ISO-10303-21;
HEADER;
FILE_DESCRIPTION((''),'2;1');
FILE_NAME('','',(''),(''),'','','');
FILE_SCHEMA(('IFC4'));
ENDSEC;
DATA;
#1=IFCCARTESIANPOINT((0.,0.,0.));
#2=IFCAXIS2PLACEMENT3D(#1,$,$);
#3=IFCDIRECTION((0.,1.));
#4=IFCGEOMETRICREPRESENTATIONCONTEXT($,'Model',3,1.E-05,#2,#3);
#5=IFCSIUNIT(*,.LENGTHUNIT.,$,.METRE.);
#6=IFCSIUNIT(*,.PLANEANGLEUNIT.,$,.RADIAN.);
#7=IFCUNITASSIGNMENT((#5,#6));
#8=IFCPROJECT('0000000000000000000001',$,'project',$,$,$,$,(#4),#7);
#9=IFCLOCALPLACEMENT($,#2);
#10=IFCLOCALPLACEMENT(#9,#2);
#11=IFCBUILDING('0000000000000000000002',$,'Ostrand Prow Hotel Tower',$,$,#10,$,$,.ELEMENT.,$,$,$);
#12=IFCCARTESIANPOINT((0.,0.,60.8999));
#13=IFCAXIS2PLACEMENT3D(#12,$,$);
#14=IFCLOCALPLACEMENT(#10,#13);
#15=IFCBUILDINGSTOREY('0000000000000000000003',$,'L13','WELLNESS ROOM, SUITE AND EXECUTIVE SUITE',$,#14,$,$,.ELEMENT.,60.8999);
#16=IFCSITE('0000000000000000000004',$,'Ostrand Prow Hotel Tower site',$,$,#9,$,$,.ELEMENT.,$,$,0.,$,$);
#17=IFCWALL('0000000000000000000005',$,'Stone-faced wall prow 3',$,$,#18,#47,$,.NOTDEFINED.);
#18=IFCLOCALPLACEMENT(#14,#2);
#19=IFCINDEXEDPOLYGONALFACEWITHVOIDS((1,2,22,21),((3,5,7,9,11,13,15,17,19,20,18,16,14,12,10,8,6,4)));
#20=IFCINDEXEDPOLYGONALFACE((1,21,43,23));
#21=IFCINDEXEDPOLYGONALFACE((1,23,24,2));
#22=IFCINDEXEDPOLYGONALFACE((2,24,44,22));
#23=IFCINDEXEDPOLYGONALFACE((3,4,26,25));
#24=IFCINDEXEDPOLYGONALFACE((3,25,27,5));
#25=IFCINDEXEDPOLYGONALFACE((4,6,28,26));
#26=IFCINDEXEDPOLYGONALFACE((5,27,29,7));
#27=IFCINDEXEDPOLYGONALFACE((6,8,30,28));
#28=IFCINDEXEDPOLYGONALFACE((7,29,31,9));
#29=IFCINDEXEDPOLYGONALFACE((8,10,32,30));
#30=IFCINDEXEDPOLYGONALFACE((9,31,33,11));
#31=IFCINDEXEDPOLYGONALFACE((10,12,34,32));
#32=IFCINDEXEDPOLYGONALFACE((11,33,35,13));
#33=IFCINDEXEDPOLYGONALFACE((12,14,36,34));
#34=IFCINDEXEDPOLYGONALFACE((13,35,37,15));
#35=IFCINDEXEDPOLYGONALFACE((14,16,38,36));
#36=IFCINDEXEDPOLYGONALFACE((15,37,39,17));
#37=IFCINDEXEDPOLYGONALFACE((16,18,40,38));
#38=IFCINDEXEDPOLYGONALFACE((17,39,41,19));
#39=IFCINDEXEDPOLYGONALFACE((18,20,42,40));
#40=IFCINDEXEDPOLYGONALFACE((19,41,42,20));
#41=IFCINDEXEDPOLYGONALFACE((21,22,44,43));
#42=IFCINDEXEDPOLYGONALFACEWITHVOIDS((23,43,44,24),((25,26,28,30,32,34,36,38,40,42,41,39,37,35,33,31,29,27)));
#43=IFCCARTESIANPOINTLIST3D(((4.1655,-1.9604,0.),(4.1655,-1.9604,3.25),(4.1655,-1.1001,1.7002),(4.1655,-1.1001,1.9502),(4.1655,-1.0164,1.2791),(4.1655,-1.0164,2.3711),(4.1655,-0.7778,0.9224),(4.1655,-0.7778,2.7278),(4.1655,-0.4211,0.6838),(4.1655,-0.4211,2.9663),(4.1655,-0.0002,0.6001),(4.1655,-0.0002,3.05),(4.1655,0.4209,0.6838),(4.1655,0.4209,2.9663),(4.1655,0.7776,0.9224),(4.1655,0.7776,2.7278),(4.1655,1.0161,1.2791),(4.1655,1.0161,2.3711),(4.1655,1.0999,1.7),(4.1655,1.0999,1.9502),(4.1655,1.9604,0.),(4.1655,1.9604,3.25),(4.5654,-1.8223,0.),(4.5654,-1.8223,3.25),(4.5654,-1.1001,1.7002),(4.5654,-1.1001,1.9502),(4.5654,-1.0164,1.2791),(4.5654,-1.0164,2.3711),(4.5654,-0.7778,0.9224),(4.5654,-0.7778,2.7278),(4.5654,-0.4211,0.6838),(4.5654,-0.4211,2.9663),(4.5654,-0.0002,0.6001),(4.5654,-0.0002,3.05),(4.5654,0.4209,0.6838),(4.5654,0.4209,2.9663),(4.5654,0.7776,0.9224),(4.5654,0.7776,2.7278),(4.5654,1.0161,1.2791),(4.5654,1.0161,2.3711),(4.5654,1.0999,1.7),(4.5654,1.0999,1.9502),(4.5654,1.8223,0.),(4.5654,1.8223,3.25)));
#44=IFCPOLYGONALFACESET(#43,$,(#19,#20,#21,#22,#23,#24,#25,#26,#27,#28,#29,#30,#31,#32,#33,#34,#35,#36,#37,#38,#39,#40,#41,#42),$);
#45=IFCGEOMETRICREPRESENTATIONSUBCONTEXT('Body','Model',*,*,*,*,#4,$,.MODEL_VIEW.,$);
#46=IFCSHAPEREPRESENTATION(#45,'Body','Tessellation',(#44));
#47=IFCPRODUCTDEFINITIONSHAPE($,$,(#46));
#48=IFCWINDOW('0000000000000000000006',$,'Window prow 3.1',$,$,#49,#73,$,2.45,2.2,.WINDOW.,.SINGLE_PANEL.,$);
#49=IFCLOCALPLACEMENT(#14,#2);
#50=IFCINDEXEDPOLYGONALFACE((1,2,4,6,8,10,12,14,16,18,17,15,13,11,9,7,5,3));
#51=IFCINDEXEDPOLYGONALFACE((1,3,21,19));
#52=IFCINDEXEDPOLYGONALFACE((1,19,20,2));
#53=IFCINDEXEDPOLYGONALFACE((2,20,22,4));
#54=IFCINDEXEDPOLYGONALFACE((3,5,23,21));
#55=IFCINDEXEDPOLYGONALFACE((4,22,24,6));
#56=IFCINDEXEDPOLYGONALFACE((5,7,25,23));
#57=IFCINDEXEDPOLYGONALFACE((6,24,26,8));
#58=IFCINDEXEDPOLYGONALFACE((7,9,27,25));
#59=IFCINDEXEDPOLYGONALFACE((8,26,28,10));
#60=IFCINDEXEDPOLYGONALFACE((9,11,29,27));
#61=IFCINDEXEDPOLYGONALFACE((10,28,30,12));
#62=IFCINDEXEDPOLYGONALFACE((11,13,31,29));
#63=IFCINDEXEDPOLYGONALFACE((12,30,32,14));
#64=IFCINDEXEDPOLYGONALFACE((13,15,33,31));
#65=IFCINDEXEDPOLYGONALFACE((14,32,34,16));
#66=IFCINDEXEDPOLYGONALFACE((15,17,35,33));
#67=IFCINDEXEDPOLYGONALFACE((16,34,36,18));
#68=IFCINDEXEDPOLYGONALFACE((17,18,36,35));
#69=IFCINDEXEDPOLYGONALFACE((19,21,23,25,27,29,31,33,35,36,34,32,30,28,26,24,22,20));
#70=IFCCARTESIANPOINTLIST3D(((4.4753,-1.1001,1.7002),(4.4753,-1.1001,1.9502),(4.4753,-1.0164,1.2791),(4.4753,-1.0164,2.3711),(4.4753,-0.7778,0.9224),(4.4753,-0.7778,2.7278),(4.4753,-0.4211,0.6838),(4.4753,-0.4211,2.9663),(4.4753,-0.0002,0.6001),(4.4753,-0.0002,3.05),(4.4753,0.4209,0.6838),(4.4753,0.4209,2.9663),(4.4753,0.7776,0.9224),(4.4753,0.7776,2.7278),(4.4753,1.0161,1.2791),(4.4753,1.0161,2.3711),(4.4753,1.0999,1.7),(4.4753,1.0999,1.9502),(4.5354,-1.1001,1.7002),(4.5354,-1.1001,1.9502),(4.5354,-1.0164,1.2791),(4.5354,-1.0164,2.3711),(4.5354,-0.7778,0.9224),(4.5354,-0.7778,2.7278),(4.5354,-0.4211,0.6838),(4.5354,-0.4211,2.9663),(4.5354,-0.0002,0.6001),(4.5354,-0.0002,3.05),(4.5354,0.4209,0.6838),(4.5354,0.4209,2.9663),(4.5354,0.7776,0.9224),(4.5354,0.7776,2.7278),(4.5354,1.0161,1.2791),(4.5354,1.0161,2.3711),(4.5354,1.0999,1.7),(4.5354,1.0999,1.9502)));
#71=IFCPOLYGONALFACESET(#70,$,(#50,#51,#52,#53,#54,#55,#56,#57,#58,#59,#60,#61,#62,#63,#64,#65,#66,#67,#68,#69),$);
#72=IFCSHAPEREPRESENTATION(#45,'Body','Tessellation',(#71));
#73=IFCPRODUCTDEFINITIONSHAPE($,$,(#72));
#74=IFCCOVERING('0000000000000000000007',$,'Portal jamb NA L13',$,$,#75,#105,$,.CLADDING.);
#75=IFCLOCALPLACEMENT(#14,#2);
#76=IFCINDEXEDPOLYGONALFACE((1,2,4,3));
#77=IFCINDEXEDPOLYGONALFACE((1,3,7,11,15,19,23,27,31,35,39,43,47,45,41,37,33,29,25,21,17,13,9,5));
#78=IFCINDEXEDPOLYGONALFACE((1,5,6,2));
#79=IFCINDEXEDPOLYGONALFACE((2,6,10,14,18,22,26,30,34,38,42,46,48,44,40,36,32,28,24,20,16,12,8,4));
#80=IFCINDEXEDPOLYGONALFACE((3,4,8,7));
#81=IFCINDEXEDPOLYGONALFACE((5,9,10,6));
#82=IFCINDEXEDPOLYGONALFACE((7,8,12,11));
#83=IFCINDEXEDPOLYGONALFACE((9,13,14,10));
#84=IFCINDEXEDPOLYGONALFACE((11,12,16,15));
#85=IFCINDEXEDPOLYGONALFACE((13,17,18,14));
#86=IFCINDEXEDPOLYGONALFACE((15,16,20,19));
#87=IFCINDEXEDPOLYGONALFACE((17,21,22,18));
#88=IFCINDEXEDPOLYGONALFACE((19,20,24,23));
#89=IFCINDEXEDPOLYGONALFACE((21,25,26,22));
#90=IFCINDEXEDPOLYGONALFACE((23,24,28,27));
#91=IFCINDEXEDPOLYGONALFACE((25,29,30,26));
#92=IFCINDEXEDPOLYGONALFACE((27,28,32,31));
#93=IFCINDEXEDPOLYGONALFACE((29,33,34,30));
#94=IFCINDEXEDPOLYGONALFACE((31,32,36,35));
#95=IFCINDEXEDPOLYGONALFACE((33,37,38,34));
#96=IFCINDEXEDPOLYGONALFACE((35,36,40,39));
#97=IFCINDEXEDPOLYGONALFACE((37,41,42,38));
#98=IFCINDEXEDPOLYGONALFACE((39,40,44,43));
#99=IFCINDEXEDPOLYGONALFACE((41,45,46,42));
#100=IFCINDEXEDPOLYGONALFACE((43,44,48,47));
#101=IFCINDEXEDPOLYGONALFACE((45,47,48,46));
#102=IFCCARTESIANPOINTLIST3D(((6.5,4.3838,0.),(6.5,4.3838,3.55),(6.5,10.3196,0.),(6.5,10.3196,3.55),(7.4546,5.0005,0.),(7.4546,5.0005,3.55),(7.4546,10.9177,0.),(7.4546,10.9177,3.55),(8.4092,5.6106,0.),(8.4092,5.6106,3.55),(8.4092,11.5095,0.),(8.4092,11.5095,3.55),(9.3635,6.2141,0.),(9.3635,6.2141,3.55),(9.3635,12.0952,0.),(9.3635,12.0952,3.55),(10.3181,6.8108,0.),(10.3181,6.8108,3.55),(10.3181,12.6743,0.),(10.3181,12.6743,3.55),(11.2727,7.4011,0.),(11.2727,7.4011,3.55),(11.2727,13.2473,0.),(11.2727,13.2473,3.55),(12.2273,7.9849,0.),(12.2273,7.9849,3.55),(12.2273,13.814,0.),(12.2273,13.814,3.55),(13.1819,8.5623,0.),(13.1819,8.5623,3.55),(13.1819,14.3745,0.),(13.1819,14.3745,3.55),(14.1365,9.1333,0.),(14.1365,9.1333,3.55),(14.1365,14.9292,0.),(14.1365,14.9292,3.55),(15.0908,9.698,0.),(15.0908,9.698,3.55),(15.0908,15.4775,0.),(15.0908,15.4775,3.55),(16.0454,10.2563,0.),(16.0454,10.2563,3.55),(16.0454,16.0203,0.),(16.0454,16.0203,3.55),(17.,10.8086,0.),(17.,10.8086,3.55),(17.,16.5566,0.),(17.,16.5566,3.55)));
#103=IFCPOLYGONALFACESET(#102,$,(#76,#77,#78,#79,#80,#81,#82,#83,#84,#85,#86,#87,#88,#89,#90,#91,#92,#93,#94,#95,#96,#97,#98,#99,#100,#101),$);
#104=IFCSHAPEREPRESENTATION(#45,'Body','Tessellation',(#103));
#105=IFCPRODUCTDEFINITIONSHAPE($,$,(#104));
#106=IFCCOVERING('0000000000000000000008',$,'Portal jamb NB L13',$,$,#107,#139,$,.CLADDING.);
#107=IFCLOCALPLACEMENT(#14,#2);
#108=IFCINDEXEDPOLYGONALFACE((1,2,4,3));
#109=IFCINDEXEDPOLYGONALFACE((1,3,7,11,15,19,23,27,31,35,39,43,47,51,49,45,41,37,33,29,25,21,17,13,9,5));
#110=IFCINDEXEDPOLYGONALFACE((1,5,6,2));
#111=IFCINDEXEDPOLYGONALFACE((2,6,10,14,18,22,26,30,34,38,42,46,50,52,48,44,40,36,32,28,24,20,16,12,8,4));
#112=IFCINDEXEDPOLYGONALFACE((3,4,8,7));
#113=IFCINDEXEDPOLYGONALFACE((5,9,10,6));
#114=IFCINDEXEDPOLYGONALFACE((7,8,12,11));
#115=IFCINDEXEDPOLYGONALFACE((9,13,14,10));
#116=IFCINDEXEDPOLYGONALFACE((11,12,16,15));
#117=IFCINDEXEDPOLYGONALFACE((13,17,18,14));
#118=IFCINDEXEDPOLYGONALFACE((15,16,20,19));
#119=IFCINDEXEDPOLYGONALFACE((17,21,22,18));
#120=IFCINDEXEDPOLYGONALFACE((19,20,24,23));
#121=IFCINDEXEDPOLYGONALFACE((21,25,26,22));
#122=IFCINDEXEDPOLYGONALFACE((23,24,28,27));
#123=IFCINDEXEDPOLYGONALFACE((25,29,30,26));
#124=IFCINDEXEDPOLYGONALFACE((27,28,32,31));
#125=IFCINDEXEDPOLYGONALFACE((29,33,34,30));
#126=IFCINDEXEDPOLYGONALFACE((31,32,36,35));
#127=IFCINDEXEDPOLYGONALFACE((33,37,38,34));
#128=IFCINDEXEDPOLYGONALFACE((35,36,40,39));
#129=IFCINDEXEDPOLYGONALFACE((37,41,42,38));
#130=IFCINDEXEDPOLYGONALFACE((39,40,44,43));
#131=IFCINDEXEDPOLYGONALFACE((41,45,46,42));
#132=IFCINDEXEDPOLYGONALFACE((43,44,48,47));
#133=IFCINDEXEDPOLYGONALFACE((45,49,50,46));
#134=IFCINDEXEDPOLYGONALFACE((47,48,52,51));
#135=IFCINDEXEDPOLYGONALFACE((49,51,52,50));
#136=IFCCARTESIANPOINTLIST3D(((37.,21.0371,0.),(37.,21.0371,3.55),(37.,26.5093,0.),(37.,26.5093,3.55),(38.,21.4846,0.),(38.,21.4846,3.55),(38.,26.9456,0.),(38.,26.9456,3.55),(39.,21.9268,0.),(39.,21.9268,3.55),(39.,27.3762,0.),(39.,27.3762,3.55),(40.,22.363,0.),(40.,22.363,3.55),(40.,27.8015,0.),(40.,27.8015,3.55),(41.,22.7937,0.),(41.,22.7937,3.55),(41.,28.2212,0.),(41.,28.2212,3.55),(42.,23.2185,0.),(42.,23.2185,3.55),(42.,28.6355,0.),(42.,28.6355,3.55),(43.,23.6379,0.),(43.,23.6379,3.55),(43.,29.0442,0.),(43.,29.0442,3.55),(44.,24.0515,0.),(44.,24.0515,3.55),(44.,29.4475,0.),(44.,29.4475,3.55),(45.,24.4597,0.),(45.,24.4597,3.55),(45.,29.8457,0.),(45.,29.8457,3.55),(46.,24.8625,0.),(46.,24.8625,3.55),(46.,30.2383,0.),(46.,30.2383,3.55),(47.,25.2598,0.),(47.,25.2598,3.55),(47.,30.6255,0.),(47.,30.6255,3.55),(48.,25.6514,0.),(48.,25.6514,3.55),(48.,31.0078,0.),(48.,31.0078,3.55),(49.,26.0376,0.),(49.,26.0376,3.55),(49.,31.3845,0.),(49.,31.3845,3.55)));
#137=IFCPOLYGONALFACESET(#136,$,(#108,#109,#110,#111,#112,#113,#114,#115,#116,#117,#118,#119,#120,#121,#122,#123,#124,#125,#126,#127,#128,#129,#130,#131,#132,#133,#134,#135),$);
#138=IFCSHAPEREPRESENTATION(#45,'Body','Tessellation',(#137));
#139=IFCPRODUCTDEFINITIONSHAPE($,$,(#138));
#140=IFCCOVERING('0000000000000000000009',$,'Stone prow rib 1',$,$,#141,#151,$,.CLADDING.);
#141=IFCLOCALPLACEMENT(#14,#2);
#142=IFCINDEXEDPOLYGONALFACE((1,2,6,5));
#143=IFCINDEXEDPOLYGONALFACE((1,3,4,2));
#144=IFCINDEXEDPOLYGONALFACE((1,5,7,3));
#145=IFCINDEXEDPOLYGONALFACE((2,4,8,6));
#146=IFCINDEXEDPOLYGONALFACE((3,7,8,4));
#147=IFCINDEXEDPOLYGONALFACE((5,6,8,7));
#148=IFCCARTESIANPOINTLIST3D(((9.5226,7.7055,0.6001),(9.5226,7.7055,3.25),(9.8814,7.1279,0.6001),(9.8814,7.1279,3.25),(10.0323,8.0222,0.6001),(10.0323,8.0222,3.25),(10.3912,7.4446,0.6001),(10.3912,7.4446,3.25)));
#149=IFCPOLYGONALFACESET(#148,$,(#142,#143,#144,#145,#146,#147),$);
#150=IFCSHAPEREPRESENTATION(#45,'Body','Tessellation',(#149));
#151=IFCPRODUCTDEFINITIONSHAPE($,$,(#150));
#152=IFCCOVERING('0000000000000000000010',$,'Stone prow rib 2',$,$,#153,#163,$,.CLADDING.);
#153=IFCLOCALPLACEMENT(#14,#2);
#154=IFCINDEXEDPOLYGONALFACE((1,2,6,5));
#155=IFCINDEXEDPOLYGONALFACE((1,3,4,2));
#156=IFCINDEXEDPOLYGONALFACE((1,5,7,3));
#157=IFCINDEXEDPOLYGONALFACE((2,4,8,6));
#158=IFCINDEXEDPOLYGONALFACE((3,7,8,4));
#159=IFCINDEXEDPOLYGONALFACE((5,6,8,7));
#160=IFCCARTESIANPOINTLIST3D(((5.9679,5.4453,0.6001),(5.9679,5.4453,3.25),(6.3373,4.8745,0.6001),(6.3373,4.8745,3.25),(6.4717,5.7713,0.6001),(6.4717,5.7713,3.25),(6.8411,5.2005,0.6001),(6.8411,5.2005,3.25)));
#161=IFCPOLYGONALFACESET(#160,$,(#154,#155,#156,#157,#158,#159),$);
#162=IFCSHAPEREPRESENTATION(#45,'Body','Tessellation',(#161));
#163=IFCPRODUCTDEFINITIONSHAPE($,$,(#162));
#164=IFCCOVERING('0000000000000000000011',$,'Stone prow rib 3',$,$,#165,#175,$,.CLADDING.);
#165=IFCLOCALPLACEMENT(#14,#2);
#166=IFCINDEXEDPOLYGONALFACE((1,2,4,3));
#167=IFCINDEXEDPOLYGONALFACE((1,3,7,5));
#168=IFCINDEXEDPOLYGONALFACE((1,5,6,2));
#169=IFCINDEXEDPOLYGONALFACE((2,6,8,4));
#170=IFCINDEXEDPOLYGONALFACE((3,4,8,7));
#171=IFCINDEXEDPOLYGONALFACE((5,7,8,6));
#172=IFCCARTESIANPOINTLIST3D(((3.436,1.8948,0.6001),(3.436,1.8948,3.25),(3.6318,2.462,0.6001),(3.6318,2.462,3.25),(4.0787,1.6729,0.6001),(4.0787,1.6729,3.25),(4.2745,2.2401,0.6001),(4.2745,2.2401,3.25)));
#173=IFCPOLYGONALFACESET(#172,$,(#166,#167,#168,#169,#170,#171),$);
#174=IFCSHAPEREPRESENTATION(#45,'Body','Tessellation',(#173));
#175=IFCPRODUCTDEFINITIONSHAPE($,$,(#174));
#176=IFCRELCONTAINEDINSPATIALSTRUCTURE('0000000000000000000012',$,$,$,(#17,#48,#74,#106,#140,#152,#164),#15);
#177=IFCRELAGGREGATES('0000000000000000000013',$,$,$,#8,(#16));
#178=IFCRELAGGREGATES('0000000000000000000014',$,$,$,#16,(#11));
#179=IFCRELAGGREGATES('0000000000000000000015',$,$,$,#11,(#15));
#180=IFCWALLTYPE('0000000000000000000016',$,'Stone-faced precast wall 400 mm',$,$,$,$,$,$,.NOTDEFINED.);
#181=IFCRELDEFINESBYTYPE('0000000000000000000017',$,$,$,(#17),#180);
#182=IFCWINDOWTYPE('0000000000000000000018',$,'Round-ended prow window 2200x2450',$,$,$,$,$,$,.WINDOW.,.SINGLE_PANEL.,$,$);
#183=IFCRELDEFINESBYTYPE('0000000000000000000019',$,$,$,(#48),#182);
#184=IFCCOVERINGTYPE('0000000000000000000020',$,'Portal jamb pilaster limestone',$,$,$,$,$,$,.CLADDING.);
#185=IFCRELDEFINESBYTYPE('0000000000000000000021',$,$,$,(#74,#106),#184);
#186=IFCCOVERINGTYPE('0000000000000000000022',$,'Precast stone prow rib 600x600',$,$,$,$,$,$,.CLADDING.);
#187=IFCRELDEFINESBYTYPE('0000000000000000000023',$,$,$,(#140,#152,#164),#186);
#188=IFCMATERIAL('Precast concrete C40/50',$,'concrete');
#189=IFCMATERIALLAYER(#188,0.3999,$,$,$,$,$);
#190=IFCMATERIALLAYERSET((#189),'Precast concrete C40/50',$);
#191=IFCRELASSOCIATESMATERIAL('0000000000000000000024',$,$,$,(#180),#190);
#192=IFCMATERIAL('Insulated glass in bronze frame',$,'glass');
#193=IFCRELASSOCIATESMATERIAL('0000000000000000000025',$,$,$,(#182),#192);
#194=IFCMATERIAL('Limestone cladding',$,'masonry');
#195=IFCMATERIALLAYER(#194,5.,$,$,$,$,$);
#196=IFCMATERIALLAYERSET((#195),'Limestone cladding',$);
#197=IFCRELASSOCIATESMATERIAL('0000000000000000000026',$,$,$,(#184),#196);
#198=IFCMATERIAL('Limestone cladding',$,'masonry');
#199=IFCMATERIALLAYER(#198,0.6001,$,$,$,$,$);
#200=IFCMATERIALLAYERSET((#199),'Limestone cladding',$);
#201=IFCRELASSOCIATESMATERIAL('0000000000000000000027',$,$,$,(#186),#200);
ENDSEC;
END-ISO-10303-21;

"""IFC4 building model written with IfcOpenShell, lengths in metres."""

from ifc_helpers import new_model, si_unit, direction, frame, frame_2d, origin, place, context, subcontext, project, spatial, polyline, rectangle, outline, extrude, material, layer, layer_set, type_object, element, fill, save


model = new_model("IFC4")

# Units and contexts
model_context = context("Model", 3, precision=1e-05, world=origin(), true_north=direction((0.0, 1.0)))
body_context = subcontext(model_context, "Body", "Model", "MODEL_VIEW")
ifc_project = project(units=[si_unit("LENGTHUNIT", "METRE"), si_unit("PLANEANGLEUNIT", "RADIAN")], contexts=[model_context])

# Site, building, storey
site_placement = place(None, origin())
site = spatial("IfcSite", under=ifc_project, at=site_placement, Name="Ostrand Prow Hotel Tower site", CompositionType="ELEMENT", RefElevation=0.0)
building_placement = place(site_placement, origin())
building = spatial("IfcBuilding", under=site, at=building_placement, Name="Ostrand Prow Hotel Tower", CompositionType="ELEMENT")
storey_placement = place(building_placement, frame((0.0, 0.0, 60.8999)))
storey = spatial("IfcBuildingStorey", under=building, at=storey_placement, Name="L13", Description="WELLNESS ROOM, SUITE AND EXECUTIVE SUITE", CompositionType="ELEMENT", Elevation=60.8999)

# Wall, opening, window
ifc_material_1 = material(Name="Precast concrete C40/50", Category="concrete")
ifc_layer_1 = layer(ifc_material_1, 0.3999)
ifc_layer_set_1 = layer_set([ifc_layer_1], Name="Precast concrete C40/50")
wall_type_1 = type_object("IfcWallType", Name="Stone-faced precast wall 400 mm", PredefinedType="NOTDEFINED", material=ifc_layer_set_1)
ifc_material_2 = material(Name="Insulated glass in bronze frame", Category="glass")
window_type = type_object("IfcWindowType", Name="Round-ended prow window 2200x2450", PartitioningType="SINGLE_PANEL", PredefinedType="WINDOW", material=ifc_material_2)
wall_1_placement = place(storey_placement, frame((4.3655, 1.8914, 0.0), z_axis=(0.0, 0.0, 1.0), x_axis=(0.0, -1.0, 0.0)))
wall_1 = element("IfcWall", 1, at=wall_1_placement, inside=storey, type_object=wall_type_1, Name="Stone-faced wall prow 3", PredefinedType="NOTDEFINED", context=body_context, shape_type="SweptSolid", body=[
    extrude(outline(polyline([(-0.0691, -0.2), (3.8518, -0.2), (3.7136, 0.2), (0.0691, 0.2), (-0.0691, -0.2)])), origin(), (0.0, 0.0, 1.0), 3.25),
])
opening_1_placement = place(wall_1_placement, frame((0.7915, 0.0, 0.6001)))
opening_1 = element("IfcOpeningElement", 2, at=opening_1_placement, cuts=wall_1, PredefinedType="OPENING", context=body_context, shape_type="SweptSolid", body=[
    extrude(outline(polyline([(0.0, 1.3501), (0.0837, 1.771), (0.3223, 2.1277), (0.679, 2.3662), (1.1001, 2.45), (1.521, 2.3662), (1.8777, 2.1277), (2.1162, 1.771), (2.2, 1.3501), (2.2, 1.1001), (2.1162, 0.679), (1.8777, 0.3223), (1.521, 0.0837), (1.1001, 0.0), (0.679, 0.0837), (0.3223, 0.3223), (0.0837, 0.679), (0.0, 1.0999), (0.0, 1.3501)])), frame((0.0, 0.21, 0.0), z_axis=(0.0, -1.0, 0.0), x_axis=(1.0, 0.0, 0.0)), (0.0, 0.0, 1.0), 0.4199),
])
window_1_placement = place(opening_1_placement, origin())
window_1 = element("IfcWindow", 3, at=window_1_placement, inside=storey, type_object=window_type, Name="Window prow 3.1", OverallHeight=2.45, OverallWidth=2.2, PartitioningType="SINGLE_PANEL", PredefinedType="WINDOW", context=body_context, shape_type="SweptSolid", body=[
    extrude(outline(polyline([(0.0, 1.3501), (0.0837, 1.771), (0.3223, 2.1277), (0.679, 2.3662), (1.1001, 2.45), (1.521, 2.3662), (1.8777, 2.1277), (2.1162, 1.771), (2.2, 1.3501), (2.2, 1.1001), (2.1162, 0.679), (1.8777, 0.3223), (1.521, 0.0837), (1.1001, 0.0), (0.679, 0.0837), (0.3223, 0.3223), (0.0837, 0.679), (0.0, 1.0999), (0.0, 1.3501)])), frame((0.0, 0.1699, 0.0), z_axis=(0.0, -1.0, 0.0), x_axis=(1.0, 0.0, 0.0)), (0.0, 0.0, 1.0), 0.0601),
])
fill(opening_1, window_1)

# Coverings
ifc_material_3 = material(Name="Limestone cladding", Category="masonry")
ifc_layer_2 = layer(ifc_material_3, 5.0)
ifc_layer_set_2 = layer_set([ifc_layer_2], Name="Limestone cladding")
covering_type_1 = type_object("IfcCoveringType", Name="Portal jamb pilaster limestone", PredefinedType="CLADDING", material=ifc_layer_set_2)
covering_1_placement = place(storey_placement, origin())
element("IfcCovering", 4, at=covering_1_placement, inside=storey, type_object=covering_type_1, Name="Portal jamb NA L13", PredefinedType="CLADDING", context=body_context, shape_type="SweptSolid", body=[
    extrude(outline(polyline([(6.5, 4.3838), (7.4546, 5.0005), (8.4092, 5.6106), (9.3635, 6.2141), (10.3181, 6.8108), (11.2727, 7.4011), (12.2273, 7.9849), (13.1819, 8.5623), (14.1365, 9.1333), (15.0908, 9.698), (16.0454, 10.2563), (17.0, 10.8086), (17.0, 16.5566), (16.0454, 16.0203), (15.0908, 15.4775), (14.1365, 14.9292), (13.1819, 14.3745), (12.2273, 13.814), (11.2727, 13.2473), (10.3181, 12.6743), (9.3635, 12.0952), (8.4092, 11.5095), (7.4546, 10.9177), (6.5, 10.3196), (6.5, 4.3838)])), origin(), (0.0, 0.0, 1.0), 3.55),
])
covering_2_placement = place(storey_placement, origin())
element("IfcCovering", 5, at=covering_2_placement, inside=storey, type_object=covering_type_1, Name="Portal jamb NB L13", PredefinedType="CLADDING", context=body_context, shape_type="SweptSolid", body=[
    extrude(outline(polyline([(37.0, 21.0371), (38.0, 21.4846), (39.0, 21.9268), (40.0, 22.363), (41.0, 22.7937), (42.0, 23.2185), (43.0, 23.6379), (44.0, 24.0515), (45.0, 24.4597), (46.0, 24.8625), (47.0, 25.2598), (48.0, 25.6514), (49.0, 26.0376), (49.0, 31.3845), (48.0, 31.0078), (47.0, 30.6255), (46.0, 30.2383), (45.0, 29.8457), (44.0, 29.4475), (43.0, 29.0442), (42.0, 28.6355), (41.0, 28.2212), (40.0, 27.8015), (39.0, 27.3762), (38.0, 26.9456), (37.0, 26.5093), (37.0, 21.0371)])), origin(), (0.0, 0.0, 1.0), 3.55),
])
ifc_material_4 = material(Name="Limestone cladding", Category="masonry")
ifc_layer_3 = layer(ifc_material_4, 0.6001)
ifc_layer_set_3 = layer_set([ifc_layer_3], Name="Limestone cladding")
covering_type_2 = type_object("IfcCoveringType", Name="Precast stone prow rib 600x600", PredefinedType="CLADDING", material=ifc_layer_set_3)
for number, where, z_axis, x_axis, name in (
    (6, (10.1362, 7.2864, 0.6001), (0.0, 0.0, 1.0), (-0.527738, 0.849407, 0.0), "Stone prow rib 1"),
    (7, (6.5891, 5.0376, 0.6001), (0.0, 0.0, 1.0), (-0.543296, 0.839541, 0.0), "Stone prow rib 2"),
    (8, (4.1765, 1.9565, 0.6001), (0.0, 0.0, 1.0), (-0.945255, 0.326334, 0.0), "Stone prow rib 3"),
):
    element("IfcCovering", number, at=place(storey_placement, frame(where, z_axis=z_axis, x_axis=x_axis)), inside=storey, type_object=covering_type_2, Name=name, PredefinedType="CLADDING", context=body_context, shape_type="SweptSolid", body=[
        extrude(rectangle(XDim=0.6799, YDim=0.6001, at=frame_2d((0.3398, 0.0))), origin(), (0.0, 0.0, 1.0), 2.6499),
    ])

save(model, "model.ifc")
